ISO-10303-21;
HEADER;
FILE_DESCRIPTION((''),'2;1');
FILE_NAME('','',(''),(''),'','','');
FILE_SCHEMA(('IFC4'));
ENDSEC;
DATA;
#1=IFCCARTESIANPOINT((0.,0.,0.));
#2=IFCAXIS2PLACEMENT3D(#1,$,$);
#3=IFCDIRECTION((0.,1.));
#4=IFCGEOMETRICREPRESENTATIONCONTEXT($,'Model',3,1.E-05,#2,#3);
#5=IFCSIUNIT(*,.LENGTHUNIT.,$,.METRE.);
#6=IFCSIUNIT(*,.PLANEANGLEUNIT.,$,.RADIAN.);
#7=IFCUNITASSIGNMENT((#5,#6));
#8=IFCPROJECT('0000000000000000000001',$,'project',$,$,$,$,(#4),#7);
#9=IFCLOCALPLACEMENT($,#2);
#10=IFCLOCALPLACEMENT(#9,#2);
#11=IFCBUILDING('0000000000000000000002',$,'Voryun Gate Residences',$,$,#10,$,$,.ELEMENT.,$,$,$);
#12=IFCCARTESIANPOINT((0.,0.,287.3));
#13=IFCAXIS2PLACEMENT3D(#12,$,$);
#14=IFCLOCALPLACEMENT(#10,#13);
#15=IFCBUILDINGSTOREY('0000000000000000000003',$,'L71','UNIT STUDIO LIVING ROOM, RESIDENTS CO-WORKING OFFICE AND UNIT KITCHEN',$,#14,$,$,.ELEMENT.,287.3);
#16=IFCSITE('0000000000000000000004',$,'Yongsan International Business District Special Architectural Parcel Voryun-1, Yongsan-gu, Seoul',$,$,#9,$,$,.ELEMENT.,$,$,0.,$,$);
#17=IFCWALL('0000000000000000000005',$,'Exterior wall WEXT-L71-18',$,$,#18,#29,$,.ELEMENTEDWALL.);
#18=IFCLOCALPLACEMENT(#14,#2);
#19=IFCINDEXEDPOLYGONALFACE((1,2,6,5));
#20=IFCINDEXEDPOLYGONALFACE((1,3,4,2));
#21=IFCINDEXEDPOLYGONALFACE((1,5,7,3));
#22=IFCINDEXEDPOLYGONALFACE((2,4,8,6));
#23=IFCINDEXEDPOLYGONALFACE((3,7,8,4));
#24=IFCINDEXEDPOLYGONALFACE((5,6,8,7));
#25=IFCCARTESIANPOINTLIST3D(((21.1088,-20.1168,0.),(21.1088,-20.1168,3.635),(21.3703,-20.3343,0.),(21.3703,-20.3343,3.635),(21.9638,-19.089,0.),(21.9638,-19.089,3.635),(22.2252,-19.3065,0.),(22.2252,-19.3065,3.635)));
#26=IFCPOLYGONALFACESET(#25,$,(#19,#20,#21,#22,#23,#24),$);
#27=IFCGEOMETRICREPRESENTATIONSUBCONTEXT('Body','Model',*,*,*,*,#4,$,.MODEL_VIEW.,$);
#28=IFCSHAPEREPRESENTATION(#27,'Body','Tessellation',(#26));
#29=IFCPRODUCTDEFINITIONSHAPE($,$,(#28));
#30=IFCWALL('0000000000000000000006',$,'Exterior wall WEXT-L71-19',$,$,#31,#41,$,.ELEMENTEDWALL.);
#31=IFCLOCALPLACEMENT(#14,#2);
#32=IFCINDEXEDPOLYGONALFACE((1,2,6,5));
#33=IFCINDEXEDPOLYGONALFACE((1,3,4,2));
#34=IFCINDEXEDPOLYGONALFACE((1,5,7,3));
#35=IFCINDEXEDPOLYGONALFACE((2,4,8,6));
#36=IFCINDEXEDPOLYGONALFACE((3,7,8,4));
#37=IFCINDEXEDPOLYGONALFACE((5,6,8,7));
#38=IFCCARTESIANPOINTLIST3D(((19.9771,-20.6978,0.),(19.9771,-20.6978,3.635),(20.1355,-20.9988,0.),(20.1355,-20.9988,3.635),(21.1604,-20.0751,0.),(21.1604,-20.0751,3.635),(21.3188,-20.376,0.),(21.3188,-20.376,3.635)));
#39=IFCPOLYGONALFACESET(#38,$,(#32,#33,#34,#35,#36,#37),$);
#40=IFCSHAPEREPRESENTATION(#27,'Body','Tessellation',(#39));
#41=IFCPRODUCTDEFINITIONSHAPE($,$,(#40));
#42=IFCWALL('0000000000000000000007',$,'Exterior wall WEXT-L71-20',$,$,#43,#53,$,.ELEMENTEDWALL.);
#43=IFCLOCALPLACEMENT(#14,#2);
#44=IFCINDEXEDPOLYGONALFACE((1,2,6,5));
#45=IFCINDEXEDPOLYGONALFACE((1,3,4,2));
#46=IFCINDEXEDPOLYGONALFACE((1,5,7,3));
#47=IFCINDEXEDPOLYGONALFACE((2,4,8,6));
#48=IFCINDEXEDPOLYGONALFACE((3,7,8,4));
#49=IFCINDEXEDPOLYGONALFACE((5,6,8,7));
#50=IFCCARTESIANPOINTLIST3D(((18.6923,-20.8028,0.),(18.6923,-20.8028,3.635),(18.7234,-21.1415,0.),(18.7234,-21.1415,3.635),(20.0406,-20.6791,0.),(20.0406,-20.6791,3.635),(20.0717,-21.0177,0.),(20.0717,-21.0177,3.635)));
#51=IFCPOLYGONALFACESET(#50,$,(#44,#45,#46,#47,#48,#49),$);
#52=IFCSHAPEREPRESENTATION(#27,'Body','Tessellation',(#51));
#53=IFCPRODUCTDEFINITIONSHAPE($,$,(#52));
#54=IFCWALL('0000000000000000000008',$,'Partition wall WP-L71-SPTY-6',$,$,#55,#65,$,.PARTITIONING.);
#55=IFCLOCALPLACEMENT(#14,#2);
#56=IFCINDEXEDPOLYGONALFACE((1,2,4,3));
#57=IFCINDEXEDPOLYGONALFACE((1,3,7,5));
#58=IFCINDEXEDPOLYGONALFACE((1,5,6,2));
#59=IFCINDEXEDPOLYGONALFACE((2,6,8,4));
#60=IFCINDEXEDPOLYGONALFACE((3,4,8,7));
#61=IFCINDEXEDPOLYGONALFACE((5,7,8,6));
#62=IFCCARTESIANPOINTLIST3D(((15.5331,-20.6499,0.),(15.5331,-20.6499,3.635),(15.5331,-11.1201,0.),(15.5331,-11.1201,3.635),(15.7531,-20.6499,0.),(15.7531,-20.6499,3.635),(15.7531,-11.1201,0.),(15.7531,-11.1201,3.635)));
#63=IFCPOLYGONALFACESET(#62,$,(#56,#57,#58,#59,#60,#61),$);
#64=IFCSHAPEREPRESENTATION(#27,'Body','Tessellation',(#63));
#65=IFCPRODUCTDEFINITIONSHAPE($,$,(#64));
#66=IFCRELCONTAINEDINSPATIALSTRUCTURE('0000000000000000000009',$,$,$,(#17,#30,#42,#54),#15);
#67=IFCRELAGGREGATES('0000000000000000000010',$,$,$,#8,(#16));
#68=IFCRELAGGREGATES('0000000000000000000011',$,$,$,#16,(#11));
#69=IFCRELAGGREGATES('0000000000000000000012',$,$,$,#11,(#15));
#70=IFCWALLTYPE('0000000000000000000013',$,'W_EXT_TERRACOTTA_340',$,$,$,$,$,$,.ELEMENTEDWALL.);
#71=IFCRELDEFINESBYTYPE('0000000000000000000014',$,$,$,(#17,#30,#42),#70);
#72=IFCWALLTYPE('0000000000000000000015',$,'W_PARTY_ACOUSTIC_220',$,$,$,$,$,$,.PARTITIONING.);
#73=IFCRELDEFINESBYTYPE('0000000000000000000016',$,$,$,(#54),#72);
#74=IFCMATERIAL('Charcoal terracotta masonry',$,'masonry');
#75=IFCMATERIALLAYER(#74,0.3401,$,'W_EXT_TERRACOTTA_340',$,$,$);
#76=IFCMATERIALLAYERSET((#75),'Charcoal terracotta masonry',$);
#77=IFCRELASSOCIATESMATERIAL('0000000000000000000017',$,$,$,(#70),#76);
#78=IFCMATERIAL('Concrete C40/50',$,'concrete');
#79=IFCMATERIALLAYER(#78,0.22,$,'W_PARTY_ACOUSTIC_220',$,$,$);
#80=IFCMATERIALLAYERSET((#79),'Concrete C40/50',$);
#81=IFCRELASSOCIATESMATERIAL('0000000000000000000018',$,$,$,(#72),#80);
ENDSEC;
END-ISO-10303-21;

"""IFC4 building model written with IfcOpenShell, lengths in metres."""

from ifc_helpers import new_model, si_unit, direction, frame, frame_2d, origin, place, context, subcontext, project, spatial, rectangle, extrude, material, layer, layer_set, type_object, element, save


model = new_model("IFC4")

# Units and contexts
model_context = context("Model", 3, precision=1e-05, world=origin(), true_north=direction((0.0, 1.0)))
body_context = subcontext(model_context, "Body", "Model", "MODEL_VIEW")
ifc_project = project(units=[si_unit("LENGTHUNIT", "METRE"), si_unit("PLANEANGLEUNIT", "RADIAN")], contexts=[model_context])

# Site, building, storey
site_placement = place(None, origin())
site = spatial("IfcSite", under=ifc_project, at=site_placement, Name="Yongsan International Business District Special Architectural Parcel Voryun-1, Yongsan-gu, Seoul", CompositionType="ELEMENT", RefElevation=0.0)
building_placement = place(site_placement, origin())
building = spatial("IfcBuilding", under=site, at=building_placement, Name="Voryun Gate Residences", CompositionType="ELEMENT")
storey_placement = place(building_placement, frame((0.0, 0.0, 287.3)))
storey = spatial("IfcBuildingStorey", under=building, at=storey_placement, Name="L71", Description="UNIT STUDIO LIVING ROOM, RESIDENTS CO-WORKING OFFICE AND UNIT KITCHEN", CompositionType="ELEMENT", Elevation=287.3)

# Shared definitions
ifc_material_1 = material(Name="Charcoal terracotta masonry", Category="masonry")
ifc_layer_1 = layer(ifc_material_1, 0.3401, Name="W_EXT_TERRACOTTA_340")
ifc_layer_set_1 = layer_set([ifc_layer_1], Name="Charcoal terracotta masonry")
wall_type_1 = type_object("IfcWallType", Name="W_EXT_TERRACOTTA_340", PredefinedType="ELEMENTEDWALL", material=ifc_layer_set_1)

# Walls
wall_1_placement = place(storey_placement, frame((22.0945, -19.1978, 0.0), z_axis=(0.0, 0.0, 1.0), x_axis=(-0.639502, -0.76879, 0.0)))
element("IfcWall", 1, at=wall_1_placement, inside=storey, type_object=wall_type_1, Name="Exterior wall WEXT-L71-18", PredefinedType="ELEMENTEDWALL", context=body_context, shape_type="SweptSolid", body=[
    extrude(rectangle(XDim=1.3369, YDim=0.3401, at=frame_2d((0.6685, 0.0))), origin(), (0.0, 0.0, 1.0), 3.635),
])
wall_2_placement = place(storey_placement, frame((21.2395, -20.2256, 0.0), z_axis=(0.0, 0.0, 1.0), x_axis=(-0.884922, -0.465739, 0.0)))
element("IfcWall", 2, at=wall_2_placement, inside=storey, type_object=wall_type_1, Name="Exterior wall WEXT-L71-19", PredefinedType="ELEMENTEDWALL", context=body_context, shape_type="SweptSolid", body=[
    extrude(rectangle(XDim=1.3372, YDim=0.3401, at=frame_2d((0.6685, 0.0))), origin(), (0.0, 0.0, 1.0), 3.635),
])
wall_3_placement = place(storey_placement, frame((20.0562, -20.8484, 0.0), z_axis=(0.0, 0.0, 1.0), x_axis=(-0.995813, -0.091414, 0.0)))
element("IfcWall", 3, at=wall_3_placement, inside=storey, type_object=wall_type_1, Name="Exterior wall WEXT-L71-20", PredefinedType="ELEMENTEDWALL", context=body_context, shape_type="SweptSolid", body=[
    extrude(rectangle(XDim=1.354, YDim=0.3401, at=frame_2d((0.677, 0.0))), origin(), (0.0, 0.0, 1.0), 3.635),
])
ifc_material_2 = material(Name="Concrete C40/50", Category="concrete")
ifc_layer_2 = layer(ifc_material_2, 0.22, Name="W_PARTY_ACOUSTIC_220")
ifc_layer_set_2 = layer_set([ifc_layer_2], Name="Concrete C40/50")
wall_type_2 = type_object("IfcWallType", Name="W_PARTY_ACOUSTIC_220", PredefinedType="PARTITIONING", material=ifc_layer_set_2)
wall_4_placement = place(storey_placement, frame((15.6431, -20.6499, 0.0), z_axis=(0.0, 0.0, 1.0), x_axis=(0.0, 1.0, 0.0)))
element("IfcWall", 4, at=wall_4_placement, inside=storey, type_object=wall_type_2, Name="Partition wall WP-L71-SPTY-6", PredefinedType="PARTITIONING", context=body_context, shape_type="SweptSolid", body=[
    extrude(rectangle(XDim=9.5298, YDim=0.22, at=frame_2d((4.7649, 0.0))), origin(), (0.0, 0.0, 1.0), 3.635),
])

save(model, "model.ifc")
